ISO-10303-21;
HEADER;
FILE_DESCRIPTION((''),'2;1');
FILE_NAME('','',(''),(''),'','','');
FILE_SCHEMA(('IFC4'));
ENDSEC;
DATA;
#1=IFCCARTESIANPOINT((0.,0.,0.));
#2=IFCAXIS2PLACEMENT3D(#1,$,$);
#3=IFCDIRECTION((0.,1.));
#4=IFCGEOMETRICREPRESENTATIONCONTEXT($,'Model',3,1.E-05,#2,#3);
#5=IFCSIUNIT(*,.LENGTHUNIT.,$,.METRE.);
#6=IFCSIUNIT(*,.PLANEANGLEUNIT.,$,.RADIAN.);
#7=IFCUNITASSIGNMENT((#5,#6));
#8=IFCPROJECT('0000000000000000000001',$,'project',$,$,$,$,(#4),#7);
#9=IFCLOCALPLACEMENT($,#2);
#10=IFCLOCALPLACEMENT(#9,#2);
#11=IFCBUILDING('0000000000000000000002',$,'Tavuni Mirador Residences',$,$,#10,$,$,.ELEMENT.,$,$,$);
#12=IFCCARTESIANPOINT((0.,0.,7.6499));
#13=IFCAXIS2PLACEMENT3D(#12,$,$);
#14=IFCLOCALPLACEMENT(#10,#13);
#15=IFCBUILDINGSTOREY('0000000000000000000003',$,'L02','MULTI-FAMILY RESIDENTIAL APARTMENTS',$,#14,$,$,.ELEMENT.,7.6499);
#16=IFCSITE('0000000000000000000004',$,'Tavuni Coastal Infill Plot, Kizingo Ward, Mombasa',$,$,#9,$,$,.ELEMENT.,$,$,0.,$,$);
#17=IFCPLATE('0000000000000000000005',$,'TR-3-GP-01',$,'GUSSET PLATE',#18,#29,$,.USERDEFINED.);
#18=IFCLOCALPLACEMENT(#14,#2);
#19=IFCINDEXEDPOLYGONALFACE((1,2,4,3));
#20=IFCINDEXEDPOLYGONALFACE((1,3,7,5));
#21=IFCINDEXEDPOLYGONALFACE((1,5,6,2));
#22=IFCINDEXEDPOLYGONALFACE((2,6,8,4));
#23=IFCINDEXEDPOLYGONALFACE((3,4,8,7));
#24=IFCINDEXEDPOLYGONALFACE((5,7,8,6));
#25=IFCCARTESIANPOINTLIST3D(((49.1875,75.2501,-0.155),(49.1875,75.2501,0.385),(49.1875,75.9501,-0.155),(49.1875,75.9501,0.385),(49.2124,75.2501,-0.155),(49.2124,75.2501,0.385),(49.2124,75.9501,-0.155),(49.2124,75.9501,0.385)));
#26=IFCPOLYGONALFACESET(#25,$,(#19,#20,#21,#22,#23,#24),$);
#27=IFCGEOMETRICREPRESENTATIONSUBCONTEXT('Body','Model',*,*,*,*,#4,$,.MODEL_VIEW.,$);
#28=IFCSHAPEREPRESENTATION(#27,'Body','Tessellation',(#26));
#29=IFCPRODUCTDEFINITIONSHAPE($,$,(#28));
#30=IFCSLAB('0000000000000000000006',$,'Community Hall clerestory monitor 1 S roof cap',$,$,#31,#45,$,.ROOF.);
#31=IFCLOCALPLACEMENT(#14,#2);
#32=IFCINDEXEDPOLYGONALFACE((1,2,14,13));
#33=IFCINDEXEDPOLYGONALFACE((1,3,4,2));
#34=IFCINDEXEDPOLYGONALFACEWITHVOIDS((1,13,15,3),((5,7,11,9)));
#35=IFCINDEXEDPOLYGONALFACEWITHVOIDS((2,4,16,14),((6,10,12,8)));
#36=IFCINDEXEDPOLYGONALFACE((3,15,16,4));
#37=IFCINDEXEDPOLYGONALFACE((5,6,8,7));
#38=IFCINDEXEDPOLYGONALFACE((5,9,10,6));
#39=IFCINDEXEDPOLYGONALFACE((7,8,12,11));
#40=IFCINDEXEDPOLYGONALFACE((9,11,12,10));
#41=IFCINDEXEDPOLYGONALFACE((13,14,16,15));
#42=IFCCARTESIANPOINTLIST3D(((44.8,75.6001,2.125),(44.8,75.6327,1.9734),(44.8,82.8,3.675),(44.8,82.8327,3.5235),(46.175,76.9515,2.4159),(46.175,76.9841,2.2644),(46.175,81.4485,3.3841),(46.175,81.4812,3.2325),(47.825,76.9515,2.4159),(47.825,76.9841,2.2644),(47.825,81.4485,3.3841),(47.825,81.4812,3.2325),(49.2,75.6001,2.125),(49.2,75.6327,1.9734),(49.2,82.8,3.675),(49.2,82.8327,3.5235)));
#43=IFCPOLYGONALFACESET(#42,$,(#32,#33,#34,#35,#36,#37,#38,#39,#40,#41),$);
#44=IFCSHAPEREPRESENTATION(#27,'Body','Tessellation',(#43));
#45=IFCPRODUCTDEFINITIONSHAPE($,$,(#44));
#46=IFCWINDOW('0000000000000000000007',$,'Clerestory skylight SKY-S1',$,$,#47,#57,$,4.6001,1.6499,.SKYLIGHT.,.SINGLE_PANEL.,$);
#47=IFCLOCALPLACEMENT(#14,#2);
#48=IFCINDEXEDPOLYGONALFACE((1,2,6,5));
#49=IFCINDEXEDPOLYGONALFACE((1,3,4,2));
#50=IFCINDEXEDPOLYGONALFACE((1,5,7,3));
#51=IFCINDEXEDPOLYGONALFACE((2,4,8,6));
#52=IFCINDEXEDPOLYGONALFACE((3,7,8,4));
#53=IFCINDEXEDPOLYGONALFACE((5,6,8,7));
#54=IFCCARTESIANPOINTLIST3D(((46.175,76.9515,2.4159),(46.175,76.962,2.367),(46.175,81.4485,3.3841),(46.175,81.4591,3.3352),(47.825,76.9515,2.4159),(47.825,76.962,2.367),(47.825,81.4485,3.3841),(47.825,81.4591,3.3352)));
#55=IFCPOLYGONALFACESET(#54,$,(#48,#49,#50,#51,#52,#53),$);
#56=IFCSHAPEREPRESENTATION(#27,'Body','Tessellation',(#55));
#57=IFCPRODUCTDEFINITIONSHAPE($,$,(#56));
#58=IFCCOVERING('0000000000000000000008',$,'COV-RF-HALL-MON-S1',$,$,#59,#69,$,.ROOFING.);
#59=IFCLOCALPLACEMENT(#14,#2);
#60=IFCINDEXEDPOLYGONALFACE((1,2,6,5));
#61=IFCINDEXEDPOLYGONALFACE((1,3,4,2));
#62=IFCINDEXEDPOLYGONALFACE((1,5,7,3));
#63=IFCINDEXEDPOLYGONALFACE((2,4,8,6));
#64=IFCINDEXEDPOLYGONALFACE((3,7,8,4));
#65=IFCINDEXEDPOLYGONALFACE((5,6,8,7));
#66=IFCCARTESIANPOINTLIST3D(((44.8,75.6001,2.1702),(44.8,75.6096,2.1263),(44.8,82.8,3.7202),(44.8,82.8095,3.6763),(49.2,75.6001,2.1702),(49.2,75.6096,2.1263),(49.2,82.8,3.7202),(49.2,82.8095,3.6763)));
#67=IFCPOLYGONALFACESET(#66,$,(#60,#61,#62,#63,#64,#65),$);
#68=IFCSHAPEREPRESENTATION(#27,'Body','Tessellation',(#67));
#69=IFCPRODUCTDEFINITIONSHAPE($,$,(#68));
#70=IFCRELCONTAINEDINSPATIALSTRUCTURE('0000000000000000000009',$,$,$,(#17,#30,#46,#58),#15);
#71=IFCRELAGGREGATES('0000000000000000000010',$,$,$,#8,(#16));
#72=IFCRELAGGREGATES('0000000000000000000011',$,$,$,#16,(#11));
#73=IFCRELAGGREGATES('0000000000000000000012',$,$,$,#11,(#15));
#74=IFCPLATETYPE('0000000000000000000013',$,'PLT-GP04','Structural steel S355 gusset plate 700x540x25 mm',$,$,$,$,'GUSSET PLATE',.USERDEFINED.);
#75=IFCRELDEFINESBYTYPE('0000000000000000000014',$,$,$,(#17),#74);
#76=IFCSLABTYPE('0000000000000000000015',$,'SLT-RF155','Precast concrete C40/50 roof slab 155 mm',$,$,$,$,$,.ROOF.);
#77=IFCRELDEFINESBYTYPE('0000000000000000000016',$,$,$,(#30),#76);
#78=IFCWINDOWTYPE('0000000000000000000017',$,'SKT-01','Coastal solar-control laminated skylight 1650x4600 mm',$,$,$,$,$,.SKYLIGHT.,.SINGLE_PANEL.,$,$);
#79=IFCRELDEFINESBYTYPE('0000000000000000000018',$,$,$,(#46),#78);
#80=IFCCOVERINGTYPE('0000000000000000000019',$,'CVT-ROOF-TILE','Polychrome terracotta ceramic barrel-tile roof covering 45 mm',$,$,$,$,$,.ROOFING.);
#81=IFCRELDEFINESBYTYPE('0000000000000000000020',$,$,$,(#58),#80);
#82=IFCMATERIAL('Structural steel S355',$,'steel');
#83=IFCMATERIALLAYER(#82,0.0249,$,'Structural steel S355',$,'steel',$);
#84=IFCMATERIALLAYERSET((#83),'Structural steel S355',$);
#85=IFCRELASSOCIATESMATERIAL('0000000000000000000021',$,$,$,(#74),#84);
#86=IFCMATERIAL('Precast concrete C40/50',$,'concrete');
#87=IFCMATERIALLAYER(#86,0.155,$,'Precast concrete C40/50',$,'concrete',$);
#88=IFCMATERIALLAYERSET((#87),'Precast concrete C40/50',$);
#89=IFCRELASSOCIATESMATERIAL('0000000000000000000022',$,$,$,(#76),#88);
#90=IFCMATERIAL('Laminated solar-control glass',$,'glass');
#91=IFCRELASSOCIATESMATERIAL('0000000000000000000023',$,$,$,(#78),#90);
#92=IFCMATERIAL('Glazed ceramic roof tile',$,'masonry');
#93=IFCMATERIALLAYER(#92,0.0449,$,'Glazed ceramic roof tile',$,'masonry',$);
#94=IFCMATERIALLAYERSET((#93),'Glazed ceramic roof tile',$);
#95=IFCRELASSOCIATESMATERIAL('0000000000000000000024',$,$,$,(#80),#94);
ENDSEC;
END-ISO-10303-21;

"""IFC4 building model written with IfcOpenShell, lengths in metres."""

from ifc_helpers import new_model, si_unit, direction, frame, origin, origin_2d, place, context, subcontext, project, spatial, polyline, rectangle, outline, extrude, material, layer, layer_set, type_object, element, fill, save


model = new_model("IFC4")

# Units and contexts
model_context = context("Model", 3, precision=1e-05, world=origin(), true_north=direction((0.0, 1.0)))
body_context = subcontext(model_context, "Body", "Model", "MODEL_VIEW")
ifc_project = project(units=[si_unit("LENGTHUNIT", "METRE"), si_unit("PLANEANGLEUNIT", "RADIAN")], contexts=[model_context])

# Site, building, storey
site_placement = place(None, origin())
site = spatial("IfcSite", under=ifc_project, at=site_placement, Name="Tavuni Coastal Infill Plot, Kizingo Ward, Mombasa", CompositionType="ELEMENT", RefElevation=0.0)
building_placement = place(site_placement, origin())
building = spatial("IfcBuilding", under=site, at=building_placement, Name="Tavuni Mirador Residences", CompositionType="ELEMENT")
storey_placement = place(building_placement, frame((0.0, 0.0, 7.6499)))
storey = spatial("IfcBuildingStorey", under=building, at=storey_placement, Name="L02", Description="MULTI-FAMILY RESIDENTIAL APARTMENTS", CompositionType="ELEMENT", Elevation=7.6499)

# Shared definitions
ifc_material_1 = material(Name="Structural steel S355", Category="steel")

# Shared definitions
ifc_material_2 = material(Name="Laminated solar-control glass", Category="glass")

# Plate
ifc_layer_1 = layer(ifc_material_1, 0.0249, Name="Structural steel S355", Category="steel")
ifc_layer_set_1 = layer_set([ifc_layer_1], Name="Structural steel S355")
plate_type_1 = type_object("IfcPlateType", Name="PLT-GP04", Description="Structural steel S355 gusset plate 700x540x25 mm", ElementType="GUSSET PLATE", PredefinedType="USERDEFINED", material=ifc_layer_set_1)
plate_1_placement = place(storey_placement, frame((49.2, 75.6001, -0.155), z_axis=(0.0, 0.0, 1.0), x_axis=(0.0, 1.0, 0.0)))
element("IfcPlate", 1, at=plate_1_placement, inside=storey, type_object=plate_type_1, Name="TR-3-GP-01", ObjectType="GUSSET PLATE", PredefinedType="USERDEFINED", context=body_context, shape_type="SweptSolid", body=[
    extrude(rectangle(XDim=0.7, YDim=0.0249, at=origin_2d()), origin(), (0.0, 0.0, 1.0), 0.54),
])

# Slab, opening, window
ifc_material_3 = material(Name="Precast concrete C40/50", Category="concrete")
ifc_layer_2 = layer(ifc_material_3, 0.155, Name="Precast concrete C40/50", Category="concrete")
ifc_layer_set_2 = layer_set([ifc_layer_2], Name="Precast concrete C40/50")
slab_type = type_object("IfcSlabType", Name="SLT-RF155", Description="Precast concrete C40/50 roof slab 155 mm", PredefinedType="ROOF", material=ifc_layer_set_2)
slab_placement = place(storey_placement, frame((44.8, 75.6001, 2.125), z_axis=(0.0, -0.210464, 0.977602), x_axis=(1.0, 0.0, 0.0)))
slab = element("IfcSlab", 2, at=slab_placement, inside=storey, type_object=slab_type, Name="Community Hall clerestory monitor 1 S roof cap", PredefinedType="ROOF", context=body_context, shape_type="SweptSolid", body=[
    extrude(outline(polyline([(0.0, 0.0), (4.3999, 0.0), (4.3999, 7.3649), (0.0, 7.3649), (0.0, 0.0)])), origin(), (0.0, 0.0, -1.0), 0.155),
])
opening_placement = place(slab_placement, frame((2.2, 3.6824, 0.0)))
opening = element("IfcOpeningElement", 3, at=opening_placement, cuts=slab, PredefinedType="OPENING", context=body_context, shape_type="SweptSolid", body=[
    extrude(rectangle(XDim=1.6499, YDim=4.6001, at=origin_2d()), frame((0.0, 0.0, 0.01)), (0.0, 0.0, -1.0), 0.175),
])
window_type = type_object("IfcWindowType", Name="SKT-01", Description="Coastal solar-control laminated skylight 1650x4600 mm", PartitioningType="SINGLE_PANEL", PredefinedType="SKYLIGHT", material=ifc_material_2)
window_placement = place(opening_placement, origin())
window = element("IfcWindow", 4, at=window_placement, inside=storey, type_object=window_type, Name="Clerestory skylight SKY-S1", OverallHeight=4.6001, OverallWidth=1.6499, PartitioningType="SINGLE_PANEL", PredefinedType="SKYLIGHT", context=body_context, shape_type="SweptSolid", body=[
    extrude(rectangle(XDim=1.6499, YDim=4.6001, at=origin_2d()), origin(), (0.0, 0.0, -1.0), 0.05),
])
fill(opening, window)

# Covering
ifc_material_4 = material(Name="Glazed ceramic roof tile", Category="masonry")
ifc_layer_3 = layer(ifc_material_4, 0.0449, Name="Glazed ceramic roof tile", Category="masonry")
ifc_layer_set_3 = layer_set([ifc_layer_3], Name="Glazed ceramic roof tile")
covering_type = type_object("IfcCoveringType", Name="CVT-ROOF-TILE", Description="Polychrome terracotta ceramic barrel-tile roof covering 45 mm", PredefinedType="ROOFING", material=ifc_layer_set_3)
covering_placement = place(storey_placement, frame((44.8, 75.6001, 2.1702), z_axis=(0.0, -0.210464, 0.977602), x_axis=(1.0, 0.0, 0.0)))
element("IfcCovering", 5, at=covering_placement, inside=storey, type_object=covering_type, Name="COV-RF-HALL-MON-S1", PredefinedType="ROOFING", context=body_context, shape_type="SweptSolid", body=[
    extrude(outline(polyline([(0.0, 0.0), (4.3999, 0.0), (4.3999, 7.3649), (0.0, 7.3649), (0.0, 0.0)])), origin(), (0.0, 0.0, -1.0), 0.0449),
])

save(model, "model.ifc")
